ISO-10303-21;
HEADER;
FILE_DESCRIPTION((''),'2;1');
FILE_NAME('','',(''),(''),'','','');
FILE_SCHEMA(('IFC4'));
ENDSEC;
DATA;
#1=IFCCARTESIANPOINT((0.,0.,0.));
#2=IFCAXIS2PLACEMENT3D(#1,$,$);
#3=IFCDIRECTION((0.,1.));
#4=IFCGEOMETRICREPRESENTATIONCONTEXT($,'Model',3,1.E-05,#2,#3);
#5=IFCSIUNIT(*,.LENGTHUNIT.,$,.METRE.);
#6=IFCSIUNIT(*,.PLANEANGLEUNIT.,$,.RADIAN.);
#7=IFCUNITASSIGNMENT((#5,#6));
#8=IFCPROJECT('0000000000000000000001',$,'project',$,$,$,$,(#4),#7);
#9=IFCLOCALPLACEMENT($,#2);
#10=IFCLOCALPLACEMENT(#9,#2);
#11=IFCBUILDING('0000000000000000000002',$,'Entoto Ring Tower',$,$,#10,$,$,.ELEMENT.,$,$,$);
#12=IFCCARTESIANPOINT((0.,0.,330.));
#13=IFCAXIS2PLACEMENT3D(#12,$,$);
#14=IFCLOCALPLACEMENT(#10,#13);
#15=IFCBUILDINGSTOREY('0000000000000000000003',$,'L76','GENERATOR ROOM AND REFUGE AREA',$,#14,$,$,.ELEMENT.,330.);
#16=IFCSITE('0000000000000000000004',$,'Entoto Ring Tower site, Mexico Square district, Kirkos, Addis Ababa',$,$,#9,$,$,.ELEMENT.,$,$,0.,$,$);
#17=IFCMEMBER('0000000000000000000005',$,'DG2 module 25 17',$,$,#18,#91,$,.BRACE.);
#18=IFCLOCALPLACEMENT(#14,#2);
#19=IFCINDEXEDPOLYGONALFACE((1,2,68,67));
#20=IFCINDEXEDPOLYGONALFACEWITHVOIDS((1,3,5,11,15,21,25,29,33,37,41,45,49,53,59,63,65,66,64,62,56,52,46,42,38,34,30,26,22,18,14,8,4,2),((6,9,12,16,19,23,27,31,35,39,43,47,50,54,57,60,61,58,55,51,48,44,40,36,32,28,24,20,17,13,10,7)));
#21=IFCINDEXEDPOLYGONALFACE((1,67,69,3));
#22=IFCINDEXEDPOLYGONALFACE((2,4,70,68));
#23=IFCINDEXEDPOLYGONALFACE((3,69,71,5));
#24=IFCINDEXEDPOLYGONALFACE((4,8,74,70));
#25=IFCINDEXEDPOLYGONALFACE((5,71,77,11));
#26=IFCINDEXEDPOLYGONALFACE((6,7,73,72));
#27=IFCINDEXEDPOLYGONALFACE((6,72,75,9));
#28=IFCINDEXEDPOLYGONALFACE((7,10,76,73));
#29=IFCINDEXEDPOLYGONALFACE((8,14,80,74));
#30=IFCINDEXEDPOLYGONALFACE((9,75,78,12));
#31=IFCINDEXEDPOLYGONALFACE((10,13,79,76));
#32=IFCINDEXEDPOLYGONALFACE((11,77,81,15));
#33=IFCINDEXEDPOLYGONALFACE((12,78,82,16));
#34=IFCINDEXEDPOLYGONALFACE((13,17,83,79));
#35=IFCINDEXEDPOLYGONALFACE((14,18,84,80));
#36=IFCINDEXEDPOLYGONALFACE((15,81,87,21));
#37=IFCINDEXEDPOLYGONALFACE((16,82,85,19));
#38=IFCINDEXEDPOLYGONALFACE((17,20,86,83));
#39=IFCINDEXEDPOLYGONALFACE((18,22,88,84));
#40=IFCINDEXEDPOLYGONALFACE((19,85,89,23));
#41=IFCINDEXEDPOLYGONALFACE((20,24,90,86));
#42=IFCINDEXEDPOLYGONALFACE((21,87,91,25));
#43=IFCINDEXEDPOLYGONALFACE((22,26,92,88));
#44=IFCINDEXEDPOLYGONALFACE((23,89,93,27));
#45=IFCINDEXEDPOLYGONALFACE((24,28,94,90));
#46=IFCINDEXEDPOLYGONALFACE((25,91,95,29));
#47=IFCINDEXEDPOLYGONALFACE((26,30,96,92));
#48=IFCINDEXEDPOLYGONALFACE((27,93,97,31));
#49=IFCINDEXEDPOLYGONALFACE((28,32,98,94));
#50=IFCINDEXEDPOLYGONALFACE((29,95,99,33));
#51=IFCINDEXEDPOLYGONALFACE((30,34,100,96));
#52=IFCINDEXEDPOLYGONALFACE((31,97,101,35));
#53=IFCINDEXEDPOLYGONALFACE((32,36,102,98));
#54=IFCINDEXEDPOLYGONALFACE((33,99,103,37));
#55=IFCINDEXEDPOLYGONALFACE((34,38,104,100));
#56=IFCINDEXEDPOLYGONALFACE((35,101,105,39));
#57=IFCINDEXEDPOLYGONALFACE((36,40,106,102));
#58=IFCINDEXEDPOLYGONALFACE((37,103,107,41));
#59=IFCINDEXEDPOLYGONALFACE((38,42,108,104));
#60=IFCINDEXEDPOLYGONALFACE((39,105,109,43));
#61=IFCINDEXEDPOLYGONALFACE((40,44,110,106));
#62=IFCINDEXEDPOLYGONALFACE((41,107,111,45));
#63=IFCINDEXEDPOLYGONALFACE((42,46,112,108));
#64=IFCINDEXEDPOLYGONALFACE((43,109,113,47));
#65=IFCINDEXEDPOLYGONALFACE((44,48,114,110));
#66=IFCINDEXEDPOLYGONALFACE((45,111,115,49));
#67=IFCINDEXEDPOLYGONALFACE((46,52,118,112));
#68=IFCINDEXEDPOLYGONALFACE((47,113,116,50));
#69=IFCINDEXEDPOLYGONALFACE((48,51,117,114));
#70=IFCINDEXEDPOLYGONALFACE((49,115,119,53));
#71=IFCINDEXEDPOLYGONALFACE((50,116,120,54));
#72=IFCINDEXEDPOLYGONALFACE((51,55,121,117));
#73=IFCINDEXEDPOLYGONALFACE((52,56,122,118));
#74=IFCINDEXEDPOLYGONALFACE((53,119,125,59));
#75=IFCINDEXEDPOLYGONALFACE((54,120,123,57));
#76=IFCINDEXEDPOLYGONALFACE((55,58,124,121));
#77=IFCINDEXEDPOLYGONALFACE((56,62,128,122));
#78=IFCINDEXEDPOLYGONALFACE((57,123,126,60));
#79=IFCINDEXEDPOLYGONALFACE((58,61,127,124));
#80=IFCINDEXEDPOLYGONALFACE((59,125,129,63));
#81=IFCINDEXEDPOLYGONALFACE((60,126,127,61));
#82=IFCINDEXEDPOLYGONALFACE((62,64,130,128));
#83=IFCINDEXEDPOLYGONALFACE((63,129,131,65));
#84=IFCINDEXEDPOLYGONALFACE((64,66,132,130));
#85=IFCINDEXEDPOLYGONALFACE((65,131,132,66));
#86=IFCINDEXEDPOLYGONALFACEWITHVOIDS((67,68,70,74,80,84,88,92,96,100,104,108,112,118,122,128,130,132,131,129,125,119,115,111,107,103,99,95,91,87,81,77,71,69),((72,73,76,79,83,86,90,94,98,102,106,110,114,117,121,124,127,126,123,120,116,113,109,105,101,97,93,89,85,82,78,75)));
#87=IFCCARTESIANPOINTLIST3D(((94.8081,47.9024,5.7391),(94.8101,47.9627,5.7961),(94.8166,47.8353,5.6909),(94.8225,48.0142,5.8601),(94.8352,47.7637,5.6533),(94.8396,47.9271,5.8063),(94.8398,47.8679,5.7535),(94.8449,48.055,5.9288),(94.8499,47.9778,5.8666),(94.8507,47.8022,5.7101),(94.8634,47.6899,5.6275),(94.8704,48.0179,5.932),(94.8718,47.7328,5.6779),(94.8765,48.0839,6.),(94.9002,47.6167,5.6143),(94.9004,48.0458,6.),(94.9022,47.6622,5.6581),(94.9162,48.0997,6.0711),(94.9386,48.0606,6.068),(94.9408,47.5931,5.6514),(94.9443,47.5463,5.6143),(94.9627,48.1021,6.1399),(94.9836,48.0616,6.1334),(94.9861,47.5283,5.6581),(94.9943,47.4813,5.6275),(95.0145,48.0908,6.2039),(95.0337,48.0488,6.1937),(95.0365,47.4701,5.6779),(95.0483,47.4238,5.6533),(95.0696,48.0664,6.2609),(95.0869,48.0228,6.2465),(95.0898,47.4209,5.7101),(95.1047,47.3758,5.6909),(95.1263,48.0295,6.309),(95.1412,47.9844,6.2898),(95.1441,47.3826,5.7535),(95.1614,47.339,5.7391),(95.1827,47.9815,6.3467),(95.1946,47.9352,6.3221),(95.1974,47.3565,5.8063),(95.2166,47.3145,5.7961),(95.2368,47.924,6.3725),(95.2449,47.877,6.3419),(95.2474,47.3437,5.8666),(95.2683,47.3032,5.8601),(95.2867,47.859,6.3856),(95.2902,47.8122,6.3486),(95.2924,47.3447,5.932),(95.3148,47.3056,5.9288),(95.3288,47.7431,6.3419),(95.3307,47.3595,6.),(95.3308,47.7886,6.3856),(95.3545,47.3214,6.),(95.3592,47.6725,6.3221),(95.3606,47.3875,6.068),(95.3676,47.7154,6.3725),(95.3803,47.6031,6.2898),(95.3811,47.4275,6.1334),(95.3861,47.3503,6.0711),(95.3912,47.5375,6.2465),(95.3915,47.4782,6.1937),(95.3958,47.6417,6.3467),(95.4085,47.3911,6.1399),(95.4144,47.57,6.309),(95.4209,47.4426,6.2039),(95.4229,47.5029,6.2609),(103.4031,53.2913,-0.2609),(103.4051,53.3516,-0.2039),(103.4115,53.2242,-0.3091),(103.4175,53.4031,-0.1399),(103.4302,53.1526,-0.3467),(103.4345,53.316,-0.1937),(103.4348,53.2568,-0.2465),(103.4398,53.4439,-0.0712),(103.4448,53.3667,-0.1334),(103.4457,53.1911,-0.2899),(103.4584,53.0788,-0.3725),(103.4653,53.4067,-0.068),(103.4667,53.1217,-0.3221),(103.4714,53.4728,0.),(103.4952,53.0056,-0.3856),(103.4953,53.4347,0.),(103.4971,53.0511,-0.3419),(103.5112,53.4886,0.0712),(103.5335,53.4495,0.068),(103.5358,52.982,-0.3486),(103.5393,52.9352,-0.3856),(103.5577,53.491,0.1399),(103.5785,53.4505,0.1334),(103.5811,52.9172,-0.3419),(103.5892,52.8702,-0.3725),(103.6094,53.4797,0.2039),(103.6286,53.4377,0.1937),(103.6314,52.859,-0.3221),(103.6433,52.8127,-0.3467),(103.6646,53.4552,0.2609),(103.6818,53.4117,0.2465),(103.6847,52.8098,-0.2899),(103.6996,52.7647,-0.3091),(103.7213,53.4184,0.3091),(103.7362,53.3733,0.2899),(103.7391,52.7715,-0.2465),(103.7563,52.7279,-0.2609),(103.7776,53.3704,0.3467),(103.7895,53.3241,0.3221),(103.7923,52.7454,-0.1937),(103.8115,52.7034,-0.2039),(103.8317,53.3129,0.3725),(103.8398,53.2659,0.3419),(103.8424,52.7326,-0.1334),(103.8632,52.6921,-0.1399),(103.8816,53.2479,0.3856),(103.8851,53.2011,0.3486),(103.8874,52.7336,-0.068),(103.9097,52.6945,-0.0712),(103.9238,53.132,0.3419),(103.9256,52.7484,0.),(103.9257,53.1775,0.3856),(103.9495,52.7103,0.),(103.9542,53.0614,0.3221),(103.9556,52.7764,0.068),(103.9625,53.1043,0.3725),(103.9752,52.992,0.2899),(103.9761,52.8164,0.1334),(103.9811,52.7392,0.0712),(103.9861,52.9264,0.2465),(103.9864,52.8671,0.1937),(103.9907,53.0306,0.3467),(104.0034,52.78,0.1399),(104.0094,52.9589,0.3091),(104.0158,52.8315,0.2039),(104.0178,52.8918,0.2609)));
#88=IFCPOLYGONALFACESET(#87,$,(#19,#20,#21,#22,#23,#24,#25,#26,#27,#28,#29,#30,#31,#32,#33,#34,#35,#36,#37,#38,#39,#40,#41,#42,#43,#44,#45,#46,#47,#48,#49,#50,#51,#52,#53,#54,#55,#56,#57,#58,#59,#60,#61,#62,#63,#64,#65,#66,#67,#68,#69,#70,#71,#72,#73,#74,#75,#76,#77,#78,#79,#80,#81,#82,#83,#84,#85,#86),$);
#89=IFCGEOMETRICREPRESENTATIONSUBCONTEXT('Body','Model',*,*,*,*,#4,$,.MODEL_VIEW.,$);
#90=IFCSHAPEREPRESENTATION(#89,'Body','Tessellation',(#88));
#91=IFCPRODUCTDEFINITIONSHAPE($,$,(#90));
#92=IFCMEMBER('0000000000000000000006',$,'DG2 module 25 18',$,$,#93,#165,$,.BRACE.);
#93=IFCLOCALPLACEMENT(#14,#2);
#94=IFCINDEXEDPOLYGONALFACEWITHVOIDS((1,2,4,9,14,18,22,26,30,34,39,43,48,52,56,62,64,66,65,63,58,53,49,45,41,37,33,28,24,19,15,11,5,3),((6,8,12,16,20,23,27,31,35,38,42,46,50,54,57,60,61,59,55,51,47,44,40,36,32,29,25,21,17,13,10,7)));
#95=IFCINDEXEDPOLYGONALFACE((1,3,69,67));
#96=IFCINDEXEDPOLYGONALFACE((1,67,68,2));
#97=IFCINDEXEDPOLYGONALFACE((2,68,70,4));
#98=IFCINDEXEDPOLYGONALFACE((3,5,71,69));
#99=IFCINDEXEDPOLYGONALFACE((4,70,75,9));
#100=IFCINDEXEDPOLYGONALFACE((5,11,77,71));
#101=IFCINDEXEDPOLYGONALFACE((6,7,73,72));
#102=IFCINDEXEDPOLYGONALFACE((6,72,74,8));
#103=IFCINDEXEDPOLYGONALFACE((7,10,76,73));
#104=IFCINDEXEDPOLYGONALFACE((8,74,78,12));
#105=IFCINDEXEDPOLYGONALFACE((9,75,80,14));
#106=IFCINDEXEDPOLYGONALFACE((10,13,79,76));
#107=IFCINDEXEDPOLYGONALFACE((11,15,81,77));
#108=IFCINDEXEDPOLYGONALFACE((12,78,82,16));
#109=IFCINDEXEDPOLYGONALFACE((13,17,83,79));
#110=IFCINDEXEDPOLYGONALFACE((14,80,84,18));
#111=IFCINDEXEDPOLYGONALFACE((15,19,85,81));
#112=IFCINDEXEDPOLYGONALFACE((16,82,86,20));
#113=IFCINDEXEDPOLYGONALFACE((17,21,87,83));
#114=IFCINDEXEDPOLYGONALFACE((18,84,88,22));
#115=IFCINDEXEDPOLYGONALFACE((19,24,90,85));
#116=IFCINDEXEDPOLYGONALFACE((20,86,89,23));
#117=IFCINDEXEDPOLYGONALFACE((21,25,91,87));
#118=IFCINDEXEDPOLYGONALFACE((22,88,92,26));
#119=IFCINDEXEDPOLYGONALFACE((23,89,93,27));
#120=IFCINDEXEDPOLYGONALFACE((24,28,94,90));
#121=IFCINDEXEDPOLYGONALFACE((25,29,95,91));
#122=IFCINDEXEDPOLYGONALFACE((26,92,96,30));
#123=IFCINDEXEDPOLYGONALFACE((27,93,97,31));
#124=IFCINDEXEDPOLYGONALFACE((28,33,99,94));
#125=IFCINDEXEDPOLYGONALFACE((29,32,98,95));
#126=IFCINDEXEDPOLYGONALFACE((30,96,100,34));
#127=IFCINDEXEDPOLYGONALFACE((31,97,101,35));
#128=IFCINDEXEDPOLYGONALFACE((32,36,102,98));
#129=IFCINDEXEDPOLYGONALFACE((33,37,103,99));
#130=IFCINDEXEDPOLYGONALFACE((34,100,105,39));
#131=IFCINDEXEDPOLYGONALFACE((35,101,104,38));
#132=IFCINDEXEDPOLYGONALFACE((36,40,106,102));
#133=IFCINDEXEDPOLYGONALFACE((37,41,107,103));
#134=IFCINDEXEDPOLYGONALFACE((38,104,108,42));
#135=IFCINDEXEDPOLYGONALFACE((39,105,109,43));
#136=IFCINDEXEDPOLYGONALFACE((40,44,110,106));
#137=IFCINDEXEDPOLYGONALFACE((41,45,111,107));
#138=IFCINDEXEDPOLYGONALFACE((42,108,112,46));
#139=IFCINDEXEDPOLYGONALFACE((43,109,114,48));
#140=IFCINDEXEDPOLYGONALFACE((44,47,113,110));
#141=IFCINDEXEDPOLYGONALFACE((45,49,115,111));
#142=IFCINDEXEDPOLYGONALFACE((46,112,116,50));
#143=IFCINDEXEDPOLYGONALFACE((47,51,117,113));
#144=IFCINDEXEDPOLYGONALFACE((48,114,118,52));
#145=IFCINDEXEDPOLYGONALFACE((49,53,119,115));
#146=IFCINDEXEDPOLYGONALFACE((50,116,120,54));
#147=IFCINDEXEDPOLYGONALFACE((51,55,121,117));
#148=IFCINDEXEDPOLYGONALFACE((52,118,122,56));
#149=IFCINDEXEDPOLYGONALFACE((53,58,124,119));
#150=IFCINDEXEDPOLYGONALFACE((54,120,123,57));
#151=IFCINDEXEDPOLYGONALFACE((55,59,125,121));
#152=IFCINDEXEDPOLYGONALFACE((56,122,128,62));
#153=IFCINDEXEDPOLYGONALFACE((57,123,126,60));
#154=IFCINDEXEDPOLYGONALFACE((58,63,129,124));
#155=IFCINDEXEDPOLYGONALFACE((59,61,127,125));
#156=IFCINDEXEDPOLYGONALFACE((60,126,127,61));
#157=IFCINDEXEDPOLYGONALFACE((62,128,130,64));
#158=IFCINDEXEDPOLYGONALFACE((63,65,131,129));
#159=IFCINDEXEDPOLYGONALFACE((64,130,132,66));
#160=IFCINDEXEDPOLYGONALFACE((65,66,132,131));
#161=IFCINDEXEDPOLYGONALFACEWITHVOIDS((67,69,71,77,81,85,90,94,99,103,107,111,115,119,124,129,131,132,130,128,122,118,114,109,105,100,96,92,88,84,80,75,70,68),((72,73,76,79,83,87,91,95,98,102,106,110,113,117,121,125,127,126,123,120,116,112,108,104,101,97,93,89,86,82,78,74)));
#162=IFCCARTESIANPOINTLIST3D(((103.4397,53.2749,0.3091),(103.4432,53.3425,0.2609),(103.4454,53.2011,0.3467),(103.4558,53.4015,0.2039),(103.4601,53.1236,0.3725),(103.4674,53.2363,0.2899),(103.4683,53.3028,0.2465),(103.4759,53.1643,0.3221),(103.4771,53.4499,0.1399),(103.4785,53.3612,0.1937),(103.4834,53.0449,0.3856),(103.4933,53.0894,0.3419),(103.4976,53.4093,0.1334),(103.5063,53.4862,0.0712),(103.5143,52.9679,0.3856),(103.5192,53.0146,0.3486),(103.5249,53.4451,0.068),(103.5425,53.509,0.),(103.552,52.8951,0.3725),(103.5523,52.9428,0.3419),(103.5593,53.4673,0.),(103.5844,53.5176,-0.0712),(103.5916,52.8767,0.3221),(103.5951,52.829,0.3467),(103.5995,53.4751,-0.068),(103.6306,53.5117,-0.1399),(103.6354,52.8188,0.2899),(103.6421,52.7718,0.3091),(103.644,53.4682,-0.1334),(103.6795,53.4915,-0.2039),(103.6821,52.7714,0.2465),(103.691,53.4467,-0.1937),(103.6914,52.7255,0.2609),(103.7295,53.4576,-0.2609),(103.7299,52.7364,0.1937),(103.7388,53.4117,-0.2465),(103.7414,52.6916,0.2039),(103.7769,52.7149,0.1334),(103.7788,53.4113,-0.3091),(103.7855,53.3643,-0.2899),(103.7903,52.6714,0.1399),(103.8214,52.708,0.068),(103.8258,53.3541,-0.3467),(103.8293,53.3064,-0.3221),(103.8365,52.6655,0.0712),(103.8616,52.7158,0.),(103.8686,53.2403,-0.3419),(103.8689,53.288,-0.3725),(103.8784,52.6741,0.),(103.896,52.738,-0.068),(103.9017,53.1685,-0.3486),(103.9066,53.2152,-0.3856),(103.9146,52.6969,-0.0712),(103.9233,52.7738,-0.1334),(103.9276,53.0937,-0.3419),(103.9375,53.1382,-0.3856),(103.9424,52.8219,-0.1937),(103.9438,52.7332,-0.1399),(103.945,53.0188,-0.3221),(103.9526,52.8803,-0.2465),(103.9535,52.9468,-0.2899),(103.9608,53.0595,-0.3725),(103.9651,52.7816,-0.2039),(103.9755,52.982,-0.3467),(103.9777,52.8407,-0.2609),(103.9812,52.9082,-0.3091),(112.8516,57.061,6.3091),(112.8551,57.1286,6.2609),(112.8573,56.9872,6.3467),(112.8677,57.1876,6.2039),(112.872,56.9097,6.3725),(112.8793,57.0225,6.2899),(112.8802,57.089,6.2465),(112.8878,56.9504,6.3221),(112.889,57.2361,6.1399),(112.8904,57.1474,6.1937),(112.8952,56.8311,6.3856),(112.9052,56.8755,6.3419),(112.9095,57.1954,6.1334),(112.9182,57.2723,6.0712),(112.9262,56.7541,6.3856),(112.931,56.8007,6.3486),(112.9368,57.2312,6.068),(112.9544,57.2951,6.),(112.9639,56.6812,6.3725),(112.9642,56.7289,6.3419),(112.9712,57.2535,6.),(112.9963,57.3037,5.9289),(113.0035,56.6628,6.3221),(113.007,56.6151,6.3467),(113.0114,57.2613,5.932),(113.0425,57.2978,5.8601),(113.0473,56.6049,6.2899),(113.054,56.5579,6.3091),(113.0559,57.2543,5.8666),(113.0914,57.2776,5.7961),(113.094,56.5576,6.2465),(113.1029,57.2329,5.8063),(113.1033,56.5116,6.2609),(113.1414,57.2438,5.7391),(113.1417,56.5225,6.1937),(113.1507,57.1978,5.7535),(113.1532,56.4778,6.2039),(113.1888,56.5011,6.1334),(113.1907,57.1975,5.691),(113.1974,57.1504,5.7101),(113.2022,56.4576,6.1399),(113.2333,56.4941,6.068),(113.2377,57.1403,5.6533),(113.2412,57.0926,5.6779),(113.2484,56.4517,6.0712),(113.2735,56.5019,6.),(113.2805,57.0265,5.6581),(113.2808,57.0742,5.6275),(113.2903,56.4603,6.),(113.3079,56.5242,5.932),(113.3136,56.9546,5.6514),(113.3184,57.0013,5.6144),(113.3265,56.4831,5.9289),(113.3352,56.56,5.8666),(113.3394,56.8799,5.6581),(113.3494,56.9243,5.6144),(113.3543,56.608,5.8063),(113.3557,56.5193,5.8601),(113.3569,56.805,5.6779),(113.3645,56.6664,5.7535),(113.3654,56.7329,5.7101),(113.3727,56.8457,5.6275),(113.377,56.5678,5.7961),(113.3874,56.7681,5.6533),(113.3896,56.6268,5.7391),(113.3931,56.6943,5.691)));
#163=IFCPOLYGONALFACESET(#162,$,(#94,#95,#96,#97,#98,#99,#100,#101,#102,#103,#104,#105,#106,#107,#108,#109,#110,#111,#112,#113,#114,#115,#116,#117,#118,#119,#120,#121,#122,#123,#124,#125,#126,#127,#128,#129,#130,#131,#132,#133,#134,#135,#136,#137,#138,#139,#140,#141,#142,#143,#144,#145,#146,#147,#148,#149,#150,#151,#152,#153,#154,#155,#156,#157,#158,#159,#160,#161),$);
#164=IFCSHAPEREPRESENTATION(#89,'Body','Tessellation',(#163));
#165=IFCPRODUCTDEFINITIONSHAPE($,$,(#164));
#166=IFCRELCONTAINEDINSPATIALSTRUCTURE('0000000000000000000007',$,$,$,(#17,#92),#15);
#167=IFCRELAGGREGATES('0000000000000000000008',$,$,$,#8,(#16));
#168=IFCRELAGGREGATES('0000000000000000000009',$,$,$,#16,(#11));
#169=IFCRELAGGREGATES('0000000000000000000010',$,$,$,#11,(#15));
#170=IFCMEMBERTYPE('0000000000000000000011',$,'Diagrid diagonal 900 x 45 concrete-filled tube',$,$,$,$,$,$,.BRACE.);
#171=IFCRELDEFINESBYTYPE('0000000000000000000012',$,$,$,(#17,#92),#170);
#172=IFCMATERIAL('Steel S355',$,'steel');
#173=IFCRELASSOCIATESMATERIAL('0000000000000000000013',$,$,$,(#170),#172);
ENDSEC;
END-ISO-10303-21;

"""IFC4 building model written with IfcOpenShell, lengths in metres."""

from ifc_helpers import new_model, si_unit, direction, frame, origin, origin_2d, place, context, subcontext, project, spatial, circle, hollow_circle, extrude, material, material_profile, profile_set, type_object, element, save


model = new_model("IFC4")

# Units and contexts
model_context = context("Model", 3, precision=1e-05, world=origin(), true_north=direction((0.0, 1.0)))
body_context = subcontext(model_context, "Body", "Model", "MODEL_VIEW")
ifc_project = project(units=[si_unit("LENGTHUNIT", "METRE"), si_unit("PLANEANGLEUNIT", "RADIAN")], contexts=[model_context])

# Site, building, storey
site_placement = place(None, origin())
site = spatial("IfcSite", under=ifc_project, at=site_placement, Name="Entoto Ring Tower site, Mexico Square district, Kirkos, Addis Ababa", CompositionType="ELEMENT", RefElevation=0.0)
building_placement = place(site_placement, origin())
building = spatial("IfcBuilding", under=site, at=building_placement, Name="Entoto Ring Tower", CompositionType="ELEMENT")
storey_placement = place(building_placement, frame((0.0, 0.0, 330.0)))
storey = spatial("IfcBuildingStorey", under=building, at=storey_placement, Name="L76", Description="GENERATOR ROOM AND REFUGE AREA", CompositionType="ELEMENT", Elevation=330.0)

# Members
ifc_material_1 = material(Name="Steel S355", Category="steel")
ifc_material_profile_1 = material_profile(ifc_material_1, hollow_circle(Radius=0.45, WallThickness=0.0449, at=origin_2d()), Name="CHS 900 x 45")
ifc_material_2 = material(Name="Concrete C60/75", Category="concrete")
ifc_material_profile_2 = material_profile(ifc_material_2, circle(Radius=0.405, at=origin_2d()), Name="Concrete C60/75 infill")
ifc_profile_set_1 = profile_set([ifc_material_profile_1, ifc_material_profile_2], Name="Steel S355")
member_type_1 = type_object("IfcMemberType", Name="Diagrid diagonal 900 x 45 concrete-filled tube", PredefinedType="BRACE", material=ifc_profile_set_1)
member_1_placement = place(storey_placement, frame((103.7104, 53.0916, 0.0), z_axis=(-0.729242, -0.457223, 0.509071), x_axis=(0.531208, -0.847242, 0.0)))
element("IfcMember", 1, at=member_1_placement, inside=storey, type_object=member_type_1, Name="DG2 module 25 17", PredefinedType="BRACE", context=body_context, shape_type="SweptSolid", body=[
    extrude(hollow_circle(Radius=0.45, WallThickness=0.0449, at=origin_2d()), origin(), (0.0, 0.0, 1.0), 11.7861),
])
member_2_placement = place(storey_placement, frame((103.7104, 53.0916, 0.0), z_axis=(0.79854, 0.32123, 0.509064), x_axis=(-0.373207, 0.927748, 0.0)))
element("IfcMember", 2, at=member_2_placement, inside=storey, type_object=member_type_1, Name="DG2 module 25 18", PredefinedType="BRACE", context=body_context, shape_type="SweptSolid", body=[
    extrude(hollow_circle(Radius=0.45, WallThickness=0.0449, at=origin_2d()), origin(), (0.0, 0.0, 1.0), 11.7864),
])

save(model, "model.ifc")
